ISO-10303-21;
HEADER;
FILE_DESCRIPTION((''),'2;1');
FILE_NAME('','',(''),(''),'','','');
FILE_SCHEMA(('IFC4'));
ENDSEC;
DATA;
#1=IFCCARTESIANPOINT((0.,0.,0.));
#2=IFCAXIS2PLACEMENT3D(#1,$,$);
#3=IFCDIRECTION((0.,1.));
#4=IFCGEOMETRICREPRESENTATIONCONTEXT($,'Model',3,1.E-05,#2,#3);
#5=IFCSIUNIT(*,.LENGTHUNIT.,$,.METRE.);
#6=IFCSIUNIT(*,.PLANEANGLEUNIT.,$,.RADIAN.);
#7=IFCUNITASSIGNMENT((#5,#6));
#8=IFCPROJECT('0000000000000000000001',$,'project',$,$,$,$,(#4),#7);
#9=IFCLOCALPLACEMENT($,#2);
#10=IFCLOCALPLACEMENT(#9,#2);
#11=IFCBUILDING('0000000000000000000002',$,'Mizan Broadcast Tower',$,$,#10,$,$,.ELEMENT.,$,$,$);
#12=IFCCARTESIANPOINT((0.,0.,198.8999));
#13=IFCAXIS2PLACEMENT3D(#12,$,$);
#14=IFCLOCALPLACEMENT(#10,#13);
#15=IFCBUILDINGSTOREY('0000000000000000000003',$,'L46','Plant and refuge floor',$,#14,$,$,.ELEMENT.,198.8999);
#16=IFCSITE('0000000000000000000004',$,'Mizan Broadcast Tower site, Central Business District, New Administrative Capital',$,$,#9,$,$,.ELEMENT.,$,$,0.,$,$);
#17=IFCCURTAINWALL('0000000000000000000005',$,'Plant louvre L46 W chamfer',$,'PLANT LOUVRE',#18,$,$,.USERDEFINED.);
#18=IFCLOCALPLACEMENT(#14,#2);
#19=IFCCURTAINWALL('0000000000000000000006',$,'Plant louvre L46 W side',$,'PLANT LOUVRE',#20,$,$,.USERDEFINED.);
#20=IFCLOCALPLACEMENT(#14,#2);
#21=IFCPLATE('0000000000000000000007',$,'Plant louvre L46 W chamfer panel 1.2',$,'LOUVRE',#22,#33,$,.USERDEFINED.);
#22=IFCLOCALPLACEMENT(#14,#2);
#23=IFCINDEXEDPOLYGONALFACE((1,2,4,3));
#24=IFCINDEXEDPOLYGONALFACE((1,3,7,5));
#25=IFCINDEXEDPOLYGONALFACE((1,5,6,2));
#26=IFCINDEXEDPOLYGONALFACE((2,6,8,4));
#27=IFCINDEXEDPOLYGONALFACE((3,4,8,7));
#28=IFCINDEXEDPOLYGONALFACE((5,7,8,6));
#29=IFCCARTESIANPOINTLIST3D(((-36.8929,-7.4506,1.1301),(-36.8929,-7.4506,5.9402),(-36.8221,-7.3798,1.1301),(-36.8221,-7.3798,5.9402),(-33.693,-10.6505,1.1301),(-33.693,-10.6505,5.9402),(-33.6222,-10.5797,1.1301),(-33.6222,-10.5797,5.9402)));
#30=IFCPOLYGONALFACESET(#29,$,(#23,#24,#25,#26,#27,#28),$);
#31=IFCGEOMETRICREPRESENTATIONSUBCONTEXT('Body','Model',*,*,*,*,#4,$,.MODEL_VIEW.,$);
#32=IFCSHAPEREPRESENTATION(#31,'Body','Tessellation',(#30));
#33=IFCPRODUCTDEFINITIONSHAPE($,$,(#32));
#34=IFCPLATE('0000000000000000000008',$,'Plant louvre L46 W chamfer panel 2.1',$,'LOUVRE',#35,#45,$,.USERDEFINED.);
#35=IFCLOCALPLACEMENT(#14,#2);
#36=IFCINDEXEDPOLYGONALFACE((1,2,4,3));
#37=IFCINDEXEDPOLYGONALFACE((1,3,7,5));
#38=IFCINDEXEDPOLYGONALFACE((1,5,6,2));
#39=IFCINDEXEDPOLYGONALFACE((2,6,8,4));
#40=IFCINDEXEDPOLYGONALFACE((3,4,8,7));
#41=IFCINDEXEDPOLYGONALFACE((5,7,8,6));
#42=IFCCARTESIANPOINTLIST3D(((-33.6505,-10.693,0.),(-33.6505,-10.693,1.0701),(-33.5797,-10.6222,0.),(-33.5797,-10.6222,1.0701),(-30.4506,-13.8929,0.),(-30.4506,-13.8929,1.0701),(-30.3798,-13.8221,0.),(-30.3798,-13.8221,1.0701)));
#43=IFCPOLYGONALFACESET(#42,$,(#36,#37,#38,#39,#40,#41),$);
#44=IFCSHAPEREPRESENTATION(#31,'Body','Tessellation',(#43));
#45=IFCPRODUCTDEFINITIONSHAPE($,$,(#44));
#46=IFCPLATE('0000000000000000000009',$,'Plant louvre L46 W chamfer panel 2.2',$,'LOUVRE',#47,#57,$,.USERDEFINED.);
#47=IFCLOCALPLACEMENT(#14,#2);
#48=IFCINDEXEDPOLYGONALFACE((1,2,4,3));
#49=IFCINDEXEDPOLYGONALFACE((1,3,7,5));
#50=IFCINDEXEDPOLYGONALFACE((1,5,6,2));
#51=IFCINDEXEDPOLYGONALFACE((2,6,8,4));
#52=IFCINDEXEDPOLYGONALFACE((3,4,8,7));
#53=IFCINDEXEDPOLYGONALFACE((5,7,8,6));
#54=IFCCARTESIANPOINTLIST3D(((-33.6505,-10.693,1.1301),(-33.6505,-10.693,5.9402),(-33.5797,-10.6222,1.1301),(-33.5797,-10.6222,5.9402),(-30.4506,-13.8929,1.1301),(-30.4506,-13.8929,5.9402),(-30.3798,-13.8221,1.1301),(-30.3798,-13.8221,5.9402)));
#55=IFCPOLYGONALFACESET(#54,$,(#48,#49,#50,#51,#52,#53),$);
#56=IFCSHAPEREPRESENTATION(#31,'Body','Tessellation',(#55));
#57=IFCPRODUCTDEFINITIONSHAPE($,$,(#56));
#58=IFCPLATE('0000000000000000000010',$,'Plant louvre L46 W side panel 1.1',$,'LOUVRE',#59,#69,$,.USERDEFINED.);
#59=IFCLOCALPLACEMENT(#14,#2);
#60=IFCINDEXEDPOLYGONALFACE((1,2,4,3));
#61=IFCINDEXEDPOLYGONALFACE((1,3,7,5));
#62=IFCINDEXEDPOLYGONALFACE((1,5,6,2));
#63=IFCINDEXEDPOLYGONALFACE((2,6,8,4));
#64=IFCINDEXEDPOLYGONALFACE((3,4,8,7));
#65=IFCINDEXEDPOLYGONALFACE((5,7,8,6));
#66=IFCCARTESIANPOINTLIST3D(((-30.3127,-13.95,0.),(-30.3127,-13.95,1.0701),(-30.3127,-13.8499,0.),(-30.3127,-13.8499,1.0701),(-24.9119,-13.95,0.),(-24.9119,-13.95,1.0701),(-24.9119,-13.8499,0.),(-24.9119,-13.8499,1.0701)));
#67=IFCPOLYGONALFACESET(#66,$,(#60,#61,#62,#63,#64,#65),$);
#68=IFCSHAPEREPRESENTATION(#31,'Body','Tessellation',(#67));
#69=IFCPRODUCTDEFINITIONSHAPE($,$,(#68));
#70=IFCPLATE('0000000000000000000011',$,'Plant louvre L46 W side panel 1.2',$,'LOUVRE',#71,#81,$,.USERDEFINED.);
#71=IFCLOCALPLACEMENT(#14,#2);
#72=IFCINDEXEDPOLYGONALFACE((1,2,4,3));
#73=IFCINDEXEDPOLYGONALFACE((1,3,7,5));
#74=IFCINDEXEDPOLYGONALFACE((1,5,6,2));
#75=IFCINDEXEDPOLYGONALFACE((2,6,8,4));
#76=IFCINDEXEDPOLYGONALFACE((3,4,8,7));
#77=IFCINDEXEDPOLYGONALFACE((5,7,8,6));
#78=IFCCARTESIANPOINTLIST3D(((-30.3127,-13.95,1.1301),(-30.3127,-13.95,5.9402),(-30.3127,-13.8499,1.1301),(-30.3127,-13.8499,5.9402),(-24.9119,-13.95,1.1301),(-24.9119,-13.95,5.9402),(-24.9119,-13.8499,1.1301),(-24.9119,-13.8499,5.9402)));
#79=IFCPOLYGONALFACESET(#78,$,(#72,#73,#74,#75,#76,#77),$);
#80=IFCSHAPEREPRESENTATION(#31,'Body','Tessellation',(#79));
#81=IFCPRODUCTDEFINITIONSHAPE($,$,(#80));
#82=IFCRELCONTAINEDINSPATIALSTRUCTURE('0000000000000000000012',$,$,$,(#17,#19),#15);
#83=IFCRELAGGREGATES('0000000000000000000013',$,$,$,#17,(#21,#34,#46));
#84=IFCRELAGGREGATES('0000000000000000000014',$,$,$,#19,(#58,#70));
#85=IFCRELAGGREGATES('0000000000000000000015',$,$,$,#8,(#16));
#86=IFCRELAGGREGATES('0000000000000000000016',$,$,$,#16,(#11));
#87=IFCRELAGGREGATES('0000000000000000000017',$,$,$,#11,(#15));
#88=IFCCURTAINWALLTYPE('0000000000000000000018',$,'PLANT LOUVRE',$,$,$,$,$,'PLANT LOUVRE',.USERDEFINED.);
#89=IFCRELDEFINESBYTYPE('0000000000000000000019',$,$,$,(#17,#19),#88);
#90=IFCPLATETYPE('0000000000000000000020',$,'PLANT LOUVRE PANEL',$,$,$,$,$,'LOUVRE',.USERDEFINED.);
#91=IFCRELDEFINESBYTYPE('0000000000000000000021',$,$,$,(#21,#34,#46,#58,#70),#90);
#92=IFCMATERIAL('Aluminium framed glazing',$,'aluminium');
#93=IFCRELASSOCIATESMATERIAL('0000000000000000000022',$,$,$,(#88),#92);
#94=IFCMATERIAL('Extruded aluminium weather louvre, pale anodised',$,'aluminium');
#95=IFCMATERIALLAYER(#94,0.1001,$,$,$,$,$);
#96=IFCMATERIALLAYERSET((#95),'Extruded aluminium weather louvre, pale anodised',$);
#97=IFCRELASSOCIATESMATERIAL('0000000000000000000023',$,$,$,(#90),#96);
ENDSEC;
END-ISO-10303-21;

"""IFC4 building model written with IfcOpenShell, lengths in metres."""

from ifc_helpers import new_model, si_unit, direction, frame, origin, origin_2d, place, context, subcontext, project, spatial, rectangle, extrude, material, layer, layer_set, type_object, element, aggregate, save


model = new_model("IFC4")

# Units and contexts
model_context = context("Model", 3, precision=1e-05, world=origin(), true_north=direction((0.0, 1.0)))
body_context = subcontext(model_context, "Body", "Model", "MODEL_VIEW")
ifc_project = project(units=[si_unit("LENGTHUNIT", "METRE"), si_unit("PLANEANGLEUNIT", "RADIAN")], contexts=[model_context])

# Site, building, storey
site_placement = place(None, origin())
site = spatial("IfcSite", under=ifc_project, at=site_placement, Name="Mizan Broadcast Tower site, Central Business District, New Administrative Capital", CompositionType="ELEMENT", RefElevation=0.0)
building_placement = place(site_placement, origin())
building = spatial("IfcBuilding", under=site, at=building_placement, Name="Mizan Broadcast Tower", CompositionType="ELEMENT")
storey_placement = place(building_placement, frame((0.0, 0.0, 198.8999)))
storey = spatial("IfcBuildingStorey", under=building, at=storey_placement, Name="L46", Description="Plant and refuge floor", CompositionType="ELEMENT", Elevation=198.8999)

# Curtain wall
ifc_material_1 = material(Name="Aluminium framed glazing", Category="aluminium")
curtain_wall_type = type_object("IfcCurtainWallType", Name="PLANT LOUVRE", ElementType="PLANT LOUVRE", PredefinedType="USERDEFINED", material=ifc_material_1)
curtain_wall_1_placement = place(storey_placement, origin())
curtain_wall_1 = element("IfcCurtainWall", 1, at=curtain_wall_1_placement, inside=storey, type_object=curtain_wall_type, Name="Plant louvre L46 W chamfer", ObjectType="PLANT LOUVRE", PredefinedType="USERDEFINED")

# Curtain wall
curtain_wall_2_placement = place(storey_placement, origin())
curtain_wall_2 = element("IfcCurtainWall", 2, at=curtain_wall_2_placement, inside=storey, type_object=curtain_wall_type, Name="Plant louvre L46 W side", ObjectType="PLANT LOUVRE", PredefinedType="USERDEFINED")

# Plates
ifc_material_2 = material(Name="Extruded aluminium weather louvre, pale anodised", Category="aluminium")
ifc_layer = layer(ifc_material_2, 0.1001)
ifc_layer_set = layer_set([ifc_layer], Name="Extruded aluminium weather louvre, pale anodised")
plate_type = type_object("IfcPlateType", Name="PLANT LOUVRE PANEL", ElementType="LOUVRE", PredefinedType="USERDEFINED", material=ifc_layer_set)
plate_1_placement = place(storey_placement, frame((-35.2576, -9.0151, 1.1301), z_axis=(0.0, 0.0, 1.0), x_axis=(0.707107, -0.707107, 0.0)))
plate_1 = element("IfcPlate", 3, at=plate_1_placement, type_object=plate_type, Name="Plant louvre L46 W chamfer panel 1.2", ObjectType="LOUVRE", PredefinedType="USERDEFINED", context=body_context, shape_type="SweptSolid", body=[
    extrude(rectangle(XDim=4.5254, YDim=0.1001, at=origin_2d()), origin(), (0.0, 0.0, 1.0), 4.8101),
])
plate_2_placement = place(storey_placement, frame((-32.0151, -12.2576, 0.0), z_axis=(0.0, 0.0, 1.0), x_axis=(0.707107, -0.707107, 0.0)))
plate_2 = element("IfcPlate", 4, at=plate_2_placement, type_object=plate_type, Name="Plant louvre L46 W chamfer panel 2.1", ObjectType="LOUVRE", PredefinedType="USERDEFINED", context=body_context, shape_type="SweptSolid", body=[
    extrude(rectangle(XDim=4.5254, YDim=0.1001, at=origin_2d()), origin(), (0.0, 0.0, 1.0), 1.0701),
])
plate_3_placement = place(storey_placement, frame((-32.0151, -12.2576, 1.1301), z_axis=(0.0, 0.0, 1.0), x_axis=(0.707107, -0.707107, 0.0)))
plate_3 = element("IfcPlate", 5, at=plate_3_placement, type_object=plate_type, Name="Plant louvre L46 W chamfer panel 2.2", ObjectType="LOUVRE", PredefinedType="USERDEFINED", context=body_context, shape_type="SweptSolid", body=[
    extrude(rectangle(XDim=4.5254, YDim=0.1001, at=origin_2d()), origin(), (0.0, 0.0, 1.0), 4.8101),
])
aggregate(curtain_wall_1, [plate_1, plate_2, plate_3])
plate_4_placement = place(storey_placement, frame((-27.6123, -13.8999, 0.0), z_axis=(0.0, 0.0, 1.0), x_axis=(1.0, 0.0, 0.0)))
plate_4 = element("IfcPlate", 6, at=plate_4_placement, type_object=plate_type, Name="Plant louvre L46 W side panel 1.1", ObjectType="LOUVRE", PredefinedType="USERDEFINED", context=body_context, shape_type="SweptSolid", body=[
    extrude(rectangle(XDim=5.4009, YDim=0.1001, at=origin_2d()), origin(), (0.0, 0.0, 1.0), 1.0701),
])
plate_5_placement = place(storey_placement, frame((-27.6123, -13.8999, 1.1301), z_axis=(0.0, 0.0, 1.0), x_axis=(1.0, 0.0, 0.0)))
plate_5 = element("IfcPlate", 7, at=plate_5_placement, type_object=plate_type, Name="Plant louvre L46 W side panel 1.2", ObjectType="LOUVRE", PredefinedType="USERDEFINED", context=body_context, shape_type="SweptSolid", body=[
    extrude(rectangle(XDim=5.4009, YDim=0.1001, at=origin_2d()), origin(), (0.0, 0.0, 1.0), 4.8101),
])
aggregate(curtain_wall_2, [plate_4, plate_5])

save(model, "model.ifc")
